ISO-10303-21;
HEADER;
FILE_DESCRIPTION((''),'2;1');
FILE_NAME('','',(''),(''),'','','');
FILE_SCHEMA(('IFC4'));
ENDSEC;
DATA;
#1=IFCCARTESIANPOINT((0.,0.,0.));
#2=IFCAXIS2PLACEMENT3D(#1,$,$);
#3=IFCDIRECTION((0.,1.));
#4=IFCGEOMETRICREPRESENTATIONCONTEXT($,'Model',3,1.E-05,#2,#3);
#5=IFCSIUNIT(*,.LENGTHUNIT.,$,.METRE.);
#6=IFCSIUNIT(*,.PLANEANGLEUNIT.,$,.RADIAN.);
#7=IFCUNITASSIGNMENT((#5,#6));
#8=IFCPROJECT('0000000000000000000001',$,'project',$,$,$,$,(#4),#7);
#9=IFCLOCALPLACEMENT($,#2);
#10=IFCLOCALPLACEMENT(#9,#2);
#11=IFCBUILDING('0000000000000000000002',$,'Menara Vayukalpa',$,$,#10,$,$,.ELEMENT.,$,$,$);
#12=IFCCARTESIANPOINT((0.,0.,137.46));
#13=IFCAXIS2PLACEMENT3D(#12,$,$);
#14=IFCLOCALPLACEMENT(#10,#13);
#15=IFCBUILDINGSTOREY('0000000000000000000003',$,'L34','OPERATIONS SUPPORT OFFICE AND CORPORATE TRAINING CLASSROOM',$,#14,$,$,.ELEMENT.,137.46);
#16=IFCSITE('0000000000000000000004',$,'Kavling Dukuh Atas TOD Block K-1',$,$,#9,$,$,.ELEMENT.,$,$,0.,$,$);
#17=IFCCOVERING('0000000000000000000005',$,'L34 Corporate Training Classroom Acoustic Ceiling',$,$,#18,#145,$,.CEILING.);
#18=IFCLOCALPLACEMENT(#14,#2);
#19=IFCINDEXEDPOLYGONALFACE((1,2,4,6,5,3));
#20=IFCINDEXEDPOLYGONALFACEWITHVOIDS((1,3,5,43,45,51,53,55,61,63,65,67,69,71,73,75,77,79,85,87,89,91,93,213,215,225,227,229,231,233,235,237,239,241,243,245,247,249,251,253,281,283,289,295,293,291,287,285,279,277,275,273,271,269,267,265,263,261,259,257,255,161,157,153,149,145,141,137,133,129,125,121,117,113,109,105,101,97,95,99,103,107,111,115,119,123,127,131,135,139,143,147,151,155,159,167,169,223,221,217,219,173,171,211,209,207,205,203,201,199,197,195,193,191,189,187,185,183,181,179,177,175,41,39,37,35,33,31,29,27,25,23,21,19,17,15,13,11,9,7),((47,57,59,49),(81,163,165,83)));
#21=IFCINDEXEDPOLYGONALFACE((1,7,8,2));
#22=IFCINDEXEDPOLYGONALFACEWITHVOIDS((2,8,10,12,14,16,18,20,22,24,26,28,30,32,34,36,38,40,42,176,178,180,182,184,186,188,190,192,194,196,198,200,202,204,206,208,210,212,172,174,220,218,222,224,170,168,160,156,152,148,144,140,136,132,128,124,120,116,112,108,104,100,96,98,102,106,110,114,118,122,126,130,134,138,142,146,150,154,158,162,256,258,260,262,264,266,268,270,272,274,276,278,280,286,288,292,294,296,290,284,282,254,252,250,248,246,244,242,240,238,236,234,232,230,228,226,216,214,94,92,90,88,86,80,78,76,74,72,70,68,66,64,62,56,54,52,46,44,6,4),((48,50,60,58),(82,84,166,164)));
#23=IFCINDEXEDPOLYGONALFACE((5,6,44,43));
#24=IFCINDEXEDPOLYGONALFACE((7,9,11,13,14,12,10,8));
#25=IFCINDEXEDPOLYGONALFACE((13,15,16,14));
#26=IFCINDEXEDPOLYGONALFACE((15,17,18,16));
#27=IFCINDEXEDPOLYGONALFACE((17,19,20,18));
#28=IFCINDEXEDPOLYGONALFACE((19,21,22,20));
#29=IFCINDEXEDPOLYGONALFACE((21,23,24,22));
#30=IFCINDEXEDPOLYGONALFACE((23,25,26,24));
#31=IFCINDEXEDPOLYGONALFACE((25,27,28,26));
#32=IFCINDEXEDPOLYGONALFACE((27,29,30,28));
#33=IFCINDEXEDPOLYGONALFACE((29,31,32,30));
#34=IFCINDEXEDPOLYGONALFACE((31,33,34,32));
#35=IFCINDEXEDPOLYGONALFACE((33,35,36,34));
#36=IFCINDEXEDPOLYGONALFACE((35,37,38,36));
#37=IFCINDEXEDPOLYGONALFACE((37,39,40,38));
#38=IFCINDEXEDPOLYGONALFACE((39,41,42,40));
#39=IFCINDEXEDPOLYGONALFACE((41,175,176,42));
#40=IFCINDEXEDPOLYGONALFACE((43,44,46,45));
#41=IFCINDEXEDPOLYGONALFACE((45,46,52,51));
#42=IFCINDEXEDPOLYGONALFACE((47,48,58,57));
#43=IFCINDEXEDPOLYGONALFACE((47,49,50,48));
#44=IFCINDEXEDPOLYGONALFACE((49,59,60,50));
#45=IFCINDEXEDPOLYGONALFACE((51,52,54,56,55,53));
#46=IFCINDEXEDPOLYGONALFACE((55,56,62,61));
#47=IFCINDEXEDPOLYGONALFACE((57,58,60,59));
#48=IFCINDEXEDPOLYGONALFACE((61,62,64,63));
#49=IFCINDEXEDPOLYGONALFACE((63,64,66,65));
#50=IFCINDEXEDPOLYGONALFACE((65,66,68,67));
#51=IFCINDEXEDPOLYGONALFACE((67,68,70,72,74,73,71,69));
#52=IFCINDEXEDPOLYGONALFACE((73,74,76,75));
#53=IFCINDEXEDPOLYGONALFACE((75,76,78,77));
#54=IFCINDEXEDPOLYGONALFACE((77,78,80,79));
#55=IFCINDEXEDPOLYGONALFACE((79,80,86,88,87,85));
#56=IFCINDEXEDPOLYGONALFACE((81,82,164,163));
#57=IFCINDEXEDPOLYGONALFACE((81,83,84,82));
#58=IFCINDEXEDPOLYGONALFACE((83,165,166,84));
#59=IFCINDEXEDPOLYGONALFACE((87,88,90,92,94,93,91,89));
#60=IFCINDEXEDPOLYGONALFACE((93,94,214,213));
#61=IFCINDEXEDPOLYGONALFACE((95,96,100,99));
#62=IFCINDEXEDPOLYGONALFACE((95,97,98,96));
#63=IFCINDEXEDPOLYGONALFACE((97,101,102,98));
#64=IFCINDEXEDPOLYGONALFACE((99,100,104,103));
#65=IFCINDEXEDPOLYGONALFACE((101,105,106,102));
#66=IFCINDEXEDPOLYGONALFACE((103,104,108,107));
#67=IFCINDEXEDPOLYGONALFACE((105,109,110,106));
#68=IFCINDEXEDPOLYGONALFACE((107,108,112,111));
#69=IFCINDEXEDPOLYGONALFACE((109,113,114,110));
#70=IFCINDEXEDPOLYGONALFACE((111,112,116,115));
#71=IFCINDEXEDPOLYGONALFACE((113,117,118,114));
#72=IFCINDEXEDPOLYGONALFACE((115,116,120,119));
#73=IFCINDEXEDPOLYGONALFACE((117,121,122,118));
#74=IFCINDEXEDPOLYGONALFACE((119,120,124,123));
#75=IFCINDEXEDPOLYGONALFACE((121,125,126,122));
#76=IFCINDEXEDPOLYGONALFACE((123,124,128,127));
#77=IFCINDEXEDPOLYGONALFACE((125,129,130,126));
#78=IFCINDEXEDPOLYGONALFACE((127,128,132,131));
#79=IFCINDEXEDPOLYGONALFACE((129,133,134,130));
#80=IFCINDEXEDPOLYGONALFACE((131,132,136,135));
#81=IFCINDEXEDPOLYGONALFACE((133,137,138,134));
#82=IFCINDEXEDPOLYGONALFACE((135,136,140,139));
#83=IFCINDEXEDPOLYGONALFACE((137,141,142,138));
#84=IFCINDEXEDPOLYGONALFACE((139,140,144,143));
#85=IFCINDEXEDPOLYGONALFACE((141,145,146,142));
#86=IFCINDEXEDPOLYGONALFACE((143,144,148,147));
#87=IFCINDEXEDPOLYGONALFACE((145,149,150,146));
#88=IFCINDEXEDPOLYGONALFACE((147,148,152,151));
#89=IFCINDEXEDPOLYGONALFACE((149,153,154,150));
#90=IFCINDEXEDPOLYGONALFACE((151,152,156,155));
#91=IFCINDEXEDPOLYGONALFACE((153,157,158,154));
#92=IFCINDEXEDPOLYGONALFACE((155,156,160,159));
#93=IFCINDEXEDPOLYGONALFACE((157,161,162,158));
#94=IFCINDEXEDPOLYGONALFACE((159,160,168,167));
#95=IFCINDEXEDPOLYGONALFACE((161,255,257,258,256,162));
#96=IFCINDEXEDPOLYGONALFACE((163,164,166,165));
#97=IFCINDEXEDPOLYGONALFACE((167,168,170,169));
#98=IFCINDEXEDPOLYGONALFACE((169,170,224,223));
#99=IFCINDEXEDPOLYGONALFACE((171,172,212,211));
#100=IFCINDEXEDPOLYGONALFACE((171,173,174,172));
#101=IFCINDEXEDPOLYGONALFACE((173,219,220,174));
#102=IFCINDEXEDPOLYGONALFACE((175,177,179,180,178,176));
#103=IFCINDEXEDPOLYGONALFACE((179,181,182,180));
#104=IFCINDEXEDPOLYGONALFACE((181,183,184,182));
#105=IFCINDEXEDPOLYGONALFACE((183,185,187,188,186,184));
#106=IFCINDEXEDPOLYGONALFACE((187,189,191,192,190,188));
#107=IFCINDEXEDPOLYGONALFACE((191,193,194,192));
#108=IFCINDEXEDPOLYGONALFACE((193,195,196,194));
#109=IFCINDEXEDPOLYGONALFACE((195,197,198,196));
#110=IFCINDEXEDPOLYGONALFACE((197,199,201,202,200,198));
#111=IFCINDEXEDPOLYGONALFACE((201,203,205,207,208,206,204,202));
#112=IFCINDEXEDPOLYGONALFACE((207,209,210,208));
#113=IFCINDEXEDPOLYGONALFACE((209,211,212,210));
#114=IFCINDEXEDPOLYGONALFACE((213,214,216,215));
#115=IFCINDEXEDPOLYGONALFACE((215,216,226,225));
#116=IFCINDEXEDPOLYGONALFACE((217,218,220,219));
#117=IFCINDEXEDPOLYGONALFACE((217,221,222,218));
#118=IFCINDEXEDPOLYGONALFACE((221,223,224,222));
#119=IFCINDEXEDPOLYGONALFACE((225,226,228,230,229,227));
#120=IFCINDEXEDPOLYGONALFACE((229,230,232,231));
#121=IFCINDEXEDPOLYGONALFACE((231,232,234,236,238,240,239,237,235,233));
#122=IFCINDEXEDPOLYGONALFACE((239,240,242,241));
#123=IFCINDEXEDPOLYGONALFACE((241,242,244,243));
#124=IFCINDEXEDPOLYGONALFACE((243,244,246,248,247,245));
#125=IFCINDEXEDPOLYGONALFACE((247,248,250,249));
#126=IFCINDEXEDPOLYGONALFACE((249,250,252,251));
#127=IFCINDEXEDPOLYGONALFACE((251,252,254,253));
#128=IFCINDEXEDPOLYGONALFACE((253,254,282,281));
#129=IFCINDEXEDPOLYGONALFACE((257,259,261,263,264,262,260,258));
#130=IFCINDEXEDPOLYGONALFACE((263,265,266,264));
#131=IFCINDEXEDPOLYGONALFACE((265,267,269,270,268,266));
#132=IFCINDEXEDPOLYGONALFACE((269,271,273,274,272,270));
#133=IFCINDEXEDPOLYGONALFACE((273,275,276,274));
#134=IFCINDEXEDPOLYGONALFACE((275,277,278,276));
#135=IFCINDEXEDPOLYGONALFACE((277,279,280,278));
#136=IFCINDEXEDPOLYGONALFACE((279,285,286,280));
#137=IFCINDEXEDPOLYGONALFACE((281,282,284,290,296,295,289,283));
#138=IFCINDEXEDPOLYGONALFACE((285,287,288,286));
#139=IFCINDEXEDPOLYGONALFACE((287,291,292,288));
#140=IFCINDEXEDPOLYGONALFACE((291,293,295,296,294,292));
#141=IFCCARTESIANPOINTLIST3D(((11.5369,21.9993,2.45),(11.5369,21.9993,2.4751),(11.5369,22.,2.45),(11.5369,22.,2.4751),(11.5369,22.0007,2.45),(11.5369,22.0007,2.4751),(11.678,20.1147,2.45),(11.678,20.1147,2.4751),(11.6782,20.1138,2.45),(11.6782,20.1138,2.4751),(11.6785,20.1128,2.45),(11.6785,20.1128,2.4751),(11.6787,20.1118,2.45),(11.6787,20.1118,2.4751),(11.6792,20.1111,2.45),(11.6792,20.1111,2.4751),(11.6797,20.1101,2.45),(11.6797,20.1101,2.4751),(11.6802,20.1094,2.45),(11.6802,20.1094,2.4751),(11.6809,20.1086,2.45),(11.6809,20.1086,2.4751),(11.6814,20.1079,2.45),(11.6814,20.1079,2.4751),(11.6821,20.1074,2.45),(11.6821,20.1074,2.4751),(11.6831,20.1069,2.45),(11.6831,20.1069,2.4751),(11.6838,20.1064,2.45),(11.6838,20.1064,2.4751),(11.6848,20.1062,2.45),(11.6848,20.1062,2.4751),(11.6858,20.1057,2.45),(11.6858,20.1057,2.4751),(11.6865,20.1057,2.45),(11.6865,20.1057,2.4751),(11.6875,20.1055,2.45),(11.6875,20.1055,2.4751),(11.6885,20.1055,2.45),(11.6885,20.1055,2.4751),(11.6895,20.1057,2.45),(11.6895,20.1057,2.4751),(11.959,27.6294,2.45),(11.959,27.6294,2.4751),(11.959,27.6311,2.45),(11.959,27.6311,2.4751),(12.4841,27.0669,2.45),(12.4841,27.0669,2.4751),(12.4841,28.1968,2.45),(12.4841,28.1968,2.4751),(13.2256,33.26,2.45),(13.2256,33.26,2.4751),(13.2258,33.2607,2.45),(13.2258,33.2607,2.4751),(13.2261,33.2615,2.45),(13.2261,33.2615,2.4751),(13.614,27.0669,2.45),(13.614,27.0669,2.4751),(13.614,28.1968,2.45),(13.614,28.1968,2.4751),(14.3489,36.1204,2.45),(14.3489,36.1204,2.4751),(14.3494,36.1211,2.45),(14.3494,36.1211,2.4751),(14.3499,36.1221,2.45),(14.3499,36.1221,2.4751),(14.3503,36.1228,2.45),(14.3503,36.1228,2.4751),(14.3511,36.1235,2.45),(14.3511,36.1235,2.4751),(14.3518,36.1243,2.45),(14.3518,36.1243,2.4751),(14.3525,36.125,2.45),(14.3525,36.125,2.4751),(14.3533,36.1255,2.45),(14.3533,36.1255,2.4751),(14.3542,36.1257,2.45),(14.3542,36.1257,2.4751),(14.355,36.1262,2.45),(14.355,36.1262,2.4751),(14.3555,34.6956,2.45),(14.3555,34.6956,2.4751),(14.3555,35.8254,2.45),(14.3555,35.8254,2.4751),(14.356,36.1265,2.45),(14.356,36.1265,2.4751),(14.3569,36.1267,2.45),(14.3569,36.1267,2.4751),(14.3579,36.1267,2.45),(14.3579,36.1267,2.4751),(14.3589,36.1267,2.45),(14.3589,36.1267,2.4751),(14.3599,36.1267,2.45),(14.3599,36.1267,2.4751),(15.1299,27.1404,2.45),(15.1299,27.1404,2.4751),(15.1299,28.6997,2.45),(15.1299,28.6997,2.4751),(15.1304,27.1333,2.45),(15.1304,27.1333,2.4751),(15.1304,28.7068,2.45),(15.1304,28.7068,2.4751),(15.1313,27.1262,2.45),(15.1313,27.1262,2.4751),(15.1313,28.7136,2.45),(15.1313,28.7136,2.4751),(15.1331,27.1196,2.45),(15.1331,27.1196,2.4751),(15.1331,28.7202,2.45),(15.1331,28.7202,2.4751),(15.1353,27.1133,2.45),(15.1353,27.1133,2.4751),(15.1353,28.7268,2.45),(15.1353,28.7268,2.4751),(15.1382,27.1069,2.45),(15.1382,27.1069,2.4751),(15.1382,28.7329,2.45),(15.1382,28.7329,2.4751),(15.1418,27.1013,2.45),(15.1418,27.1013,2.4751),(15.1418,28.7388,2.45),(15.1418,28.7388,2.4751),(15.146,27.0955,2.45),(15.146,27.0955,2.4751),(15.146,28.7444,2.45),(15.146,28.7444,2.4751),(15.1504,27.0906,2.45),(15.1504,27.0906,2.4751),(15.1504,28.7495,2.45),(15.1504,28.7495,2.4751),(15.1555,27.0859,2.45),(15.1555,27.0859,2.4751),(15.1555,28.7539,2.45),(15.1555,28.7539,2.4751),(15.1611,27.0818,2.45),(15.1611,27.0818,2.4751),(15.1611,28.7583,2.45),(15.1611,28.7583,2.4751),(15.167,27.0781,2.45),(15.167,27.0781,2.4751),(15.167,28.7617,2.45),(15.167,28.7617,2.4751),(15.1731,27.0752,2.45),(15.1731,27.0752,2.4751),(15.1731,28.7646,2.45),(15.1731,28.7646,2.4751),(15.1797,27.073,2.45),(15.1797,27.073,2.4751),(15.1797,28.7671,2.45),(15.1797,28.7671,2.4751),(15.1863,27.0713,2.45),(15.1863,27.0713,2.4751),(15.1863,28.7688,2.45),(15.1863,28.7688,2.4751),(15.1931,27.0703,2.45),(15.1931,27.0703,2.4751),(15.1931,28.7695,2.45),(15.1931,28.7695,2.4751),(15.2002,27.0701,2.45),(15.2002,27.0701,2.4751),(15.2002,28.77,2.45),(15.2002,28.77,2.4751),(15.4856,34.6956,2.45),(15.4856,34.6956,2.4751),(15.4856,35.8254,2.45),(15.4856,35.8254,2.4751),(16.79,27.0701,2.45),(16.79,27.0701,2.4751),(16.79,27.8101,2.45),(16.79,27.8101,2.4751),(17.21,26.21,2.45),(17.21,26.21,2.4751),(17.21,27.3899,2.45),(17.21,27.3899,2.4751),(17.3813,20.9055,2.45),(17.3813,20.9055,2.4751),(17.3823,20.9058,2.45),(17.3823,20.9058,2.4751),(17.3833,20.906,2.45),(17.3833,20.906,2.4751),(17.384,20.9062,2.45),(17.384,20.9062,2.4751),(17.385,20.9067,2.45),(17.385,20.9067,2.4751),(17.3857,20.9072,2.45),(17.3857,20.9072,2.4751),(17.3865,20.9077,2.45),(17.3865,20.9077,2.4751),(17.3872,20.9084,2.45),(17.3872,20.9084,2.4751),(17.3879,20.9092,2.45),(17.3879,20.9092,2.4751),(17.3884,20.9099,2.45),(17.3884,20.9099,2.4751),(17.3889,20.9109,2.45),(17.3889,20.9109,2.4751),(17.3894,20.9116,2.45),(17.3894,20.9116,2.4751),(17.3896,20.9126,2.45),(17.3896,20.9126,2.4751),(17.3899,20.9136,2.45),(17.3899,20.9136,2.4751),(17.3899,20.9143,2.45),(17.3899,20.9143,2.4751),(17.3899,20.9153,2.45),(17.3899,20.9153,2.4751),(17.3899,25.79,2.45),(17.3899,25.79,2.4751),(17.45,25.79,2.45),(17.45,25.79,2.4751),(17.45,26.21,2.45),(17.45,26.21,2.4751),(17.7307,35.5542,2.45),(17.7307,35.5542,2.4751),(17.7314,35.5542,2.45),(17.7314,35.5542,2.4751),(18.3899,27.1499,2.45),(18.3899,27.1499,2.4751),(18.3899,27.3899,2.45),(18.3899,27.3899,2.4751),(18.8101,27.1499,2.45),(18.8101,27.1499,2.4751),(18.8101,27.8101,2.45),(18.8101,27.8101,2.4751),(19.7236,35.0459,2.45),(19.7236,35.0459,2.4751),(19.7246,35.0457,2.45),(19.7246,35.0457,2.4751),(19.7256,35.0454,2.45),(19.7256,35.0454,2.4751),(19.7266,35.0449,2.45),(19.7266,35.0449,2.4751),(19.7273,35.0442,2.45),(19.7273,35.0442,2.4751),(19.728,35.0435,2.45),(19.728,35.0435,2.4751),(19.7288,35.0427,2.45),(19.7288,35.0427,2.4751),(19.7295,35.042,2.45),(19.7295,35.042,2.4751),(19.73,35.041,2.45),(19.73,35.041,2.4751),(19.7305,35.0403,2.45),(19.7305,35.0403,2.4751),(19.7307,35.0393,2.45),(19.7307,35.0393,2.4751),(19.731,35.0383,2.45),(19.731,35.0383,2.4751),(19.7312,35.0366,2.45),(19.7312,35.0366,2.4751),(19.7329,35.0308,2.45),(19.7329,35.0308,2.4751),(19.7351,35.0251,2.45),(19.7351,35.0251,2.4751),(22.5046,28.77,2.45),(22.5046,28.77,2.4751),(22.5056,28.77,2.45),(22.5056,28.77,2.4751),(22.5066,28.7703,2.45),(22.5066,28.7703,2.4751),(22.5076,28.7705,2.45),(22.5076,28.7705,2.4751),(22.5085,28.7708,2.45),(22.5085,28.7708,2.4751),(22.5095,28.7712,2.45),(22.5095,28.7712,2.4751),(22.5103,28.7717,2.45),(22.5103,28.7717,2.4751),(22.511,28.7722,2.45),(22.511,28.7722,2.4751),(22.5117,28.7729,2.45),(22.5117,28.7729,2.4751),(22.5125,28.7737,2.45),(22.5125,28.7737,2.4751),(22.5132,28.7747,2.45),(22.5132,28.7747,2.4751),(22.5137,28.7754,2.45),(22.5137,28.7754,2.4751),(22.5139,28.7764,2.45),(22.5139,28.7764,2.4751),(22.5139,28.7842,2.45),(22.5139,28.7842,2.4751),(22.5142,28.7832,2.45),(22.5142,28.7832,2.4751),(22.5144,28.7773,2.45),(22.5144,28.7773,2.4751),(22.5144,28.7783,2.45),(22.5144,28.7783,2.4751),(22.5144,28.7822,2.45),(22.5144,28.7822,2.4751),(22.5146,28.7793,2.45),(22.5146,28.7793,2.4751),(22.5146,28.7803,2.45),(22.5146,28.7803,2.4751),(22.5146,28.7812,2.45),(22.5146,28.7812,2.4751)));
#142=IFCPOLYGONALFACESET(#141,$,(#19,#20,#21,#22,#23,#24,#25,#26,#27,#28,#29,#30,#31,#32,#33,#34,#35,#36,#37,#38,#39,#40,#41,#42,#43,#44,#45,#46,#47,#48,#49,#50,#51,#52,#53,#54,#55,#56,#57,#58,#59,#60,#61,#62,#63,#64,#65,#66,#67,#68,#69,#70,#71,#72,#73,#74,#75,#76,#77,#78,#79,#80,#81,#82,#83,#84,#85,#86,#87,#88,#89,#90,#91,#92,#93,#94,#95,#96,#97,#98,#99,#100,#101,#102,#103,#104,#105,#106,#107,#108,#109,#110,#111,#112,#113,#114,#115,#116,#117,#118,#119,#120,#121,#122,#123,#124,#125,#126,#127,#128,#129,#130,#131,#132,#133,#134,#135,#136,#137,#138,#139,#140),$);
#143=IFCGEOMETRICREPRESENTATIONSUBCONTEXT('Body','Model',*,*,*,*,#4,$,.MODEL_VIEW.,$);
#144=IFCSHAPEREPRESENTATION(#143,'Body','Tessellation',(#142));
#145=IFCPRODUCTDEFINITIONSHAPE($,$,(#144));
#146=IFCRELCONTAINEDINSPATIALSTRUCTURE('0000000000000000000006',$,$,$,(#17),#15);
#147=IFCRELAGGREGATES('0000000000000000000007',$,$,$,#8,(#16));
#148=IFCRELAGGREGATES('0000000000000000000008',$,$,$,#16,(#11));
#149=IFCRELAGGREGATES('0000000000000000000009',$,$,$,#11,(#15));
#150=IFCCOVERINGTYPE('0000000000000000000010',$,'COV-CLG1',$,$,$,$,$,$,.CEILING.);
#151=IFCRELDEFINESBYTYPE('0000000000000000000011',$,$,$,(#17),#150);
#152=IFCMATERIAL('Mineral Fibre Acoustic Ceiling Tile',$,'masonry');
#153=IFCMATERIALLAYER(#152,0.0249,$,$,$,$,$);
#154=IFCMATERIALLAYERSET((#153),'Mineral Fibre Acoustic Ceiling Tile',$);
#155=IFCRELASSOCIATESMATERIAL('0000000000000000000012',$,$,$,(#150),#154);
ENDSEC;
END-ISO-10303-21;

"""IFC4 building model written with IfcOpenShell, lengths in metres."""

from ifc_helpers import new_model, si_unit, direction, frame, origin, place, context, subcontext, project, spatial, polyline, outline, extrude, material, layer, layer_set, type_object, element, save


model = new_model("IFC4")

# Units and contexts
model_context = context("Model", 3, precision=1e-05, world=origin(), true_north=direction((0.0, 1.0)))
body_context = subcontext(model_context, "Body", "Model", "MODEL_VIEW")
ifc_project = project(units=[si_unit("LENGTHUNIT", "METRE"), si_unit("PLANEANGLEUNIT", "RADIAN")], contexts=[model_context])

# Site, building, storey
site_placement = place(None, origin())
site = spatial("IfcSite", under=ifc_project, at=site_placement, Name="Kavling Dukuh Atas TOD Block K-1", CompositionType="ELEMENT", RefElevation=0.0)
building_placement = place(site_placement, origin())
building = spatial("IfcBuilding", under=site, at=building_placement, Name="Menara Vayukalpa", CompositionType="ELEMENT")
storey_placement = place(building_placement, frame((0.0, 0.0, 137.46)))
storey = spatial("IfcBuildingStorey", under=building, at=storey_placement, Name="L34", Description="OPERATIONS SUPPORT OFFICE AND CORPORATE TRAINING CLASSROOM", CompositionType="ELEMENT", Elevation=137.46)

# Covering
ifc_material_1 = material(Name="Mineral Fibre Acoustic Ceiling Tile", Category="masonry")
ifc_layer_1 = layer(ifc_material_1, 0.0249)
ifc_layer_set_1 = layer_set([ifc_layer_1], Name="Mineral Fibre Acoustic Ceiling Tile")
covering_type_1 = type_object("IfcCoveringType", Name="COV-CLG1", PredefinedType="CEILING", material=ifc_layer_set_1)
covering_1_placement = place(storey_placement, frame((0.0, 0.0, 2.45)))
element("IfcCovering", 1, at=covering_1_placement, inside=storey, type_object=covering_type_1, Name="L34 Corporate Training Classroom Acoustic Ceiling", PredefinedType="CEILING", context=body_context, shape_type="SweptSolid", body=[
    extrude(outline(polyline([(18.8101, 27.1499), (18.3899, 27.1499), (18.3899, 27.3899), (17.21, 27.3899), (17.21, 26.21), (17.45, 26.21), (17.45, 25.79), (17.3899, 25.79), (17.3899, 20.9153), (17.3899, 20.9143), (17.3899, 20.9136), (17.3896, 20.9126), (17.3894, 20.9116), (17.3889, 20.9109), (17.3884, 20.9099), (17.3879, 20.9092), (17.3872, 20.9084), (17.3865, 20.9077), (17.3857, 20.9072), (17.385, 20.9067), (17.384, 20.9062), (17.3833, 20.906), (17.3823, 20.9058), (17.3813, 20.9055), (11.6895, 20.1057), (11.6885, 20.1055), (11.6875, 20.1055), (11.6865, 20.1057), (11.6858, 20.1057), (11.6848, 20.1062), (11.6838, 20.1064), (11.6831, 20.1069), (11.6821, 20.1074), (11.6814, 20.1079), (11.6809, 20.1086), (11.6802, 20.1094), (11.6797, 20.1101), (11.6792, 20.1111), (11.6787, 20.1118), (11.6785, 20.1128), (11.6782, 20.1138), (11.678, 20.1147), (11.5369, 21.9993), (11.5369, 22.0), (11.5369, 22.0007), (11.959, 27.6294), (11.959, 27.6311), (13.2256, 33.26), (13.2258, 33.2607), (13.2261, 33.2615), (14.3489, 36.1204), (14.3494, 36.1211), (14.3499, 36.1221), (14.3503, 36.1228), (14.3511, 36.1235), (14.3518, 36.1243), (14.3525, 36.125), (14.3533, 36.1255), (14.3542, 36.1257), (14.355, 36.1262), (14.356, 36.1265), (14.3569, 36.1267), (14.3579, 36.1267), (14.3589, 36.1267), (14.3599, 36.1267), (17.7307, 35.5542), (17.7314, 35.5542), (19.7236, 35.0459), (19.7246, 35.0457), (19.7256, 35.0454), (19.7266, 35.0449), (19.7273, 35.0442), (19.728, 35.0435), (19.7288, 35.0427), (19.7295, 35.042), (19.73, 35.041), (19.7305, 35.0403), (19.7307, 35.0393), (19.731, 35.0383), (19.7312, 35.0366), (19.7329, 35.0308), (19.7351, 35.0251), (22.5139, 28.7842), (22.5142, 28.7832), (22.5144, 28.7822), (22.5146, 28.7812), (22.5146, 28.7803), (22.5146, 28.7793), (22.5144, 28.7783), (22.5144, 28.7773), (22.5139, 28.7764), (22.5137, 28.7754), (22.5132, 28.7747), (22.5125, 28.7737), (22.5117, 28.7729), (22.511, 28.7722), (22.5103, 28.7717), (22.5095, 28.7712), (22.5085, 28.7708), (22.5076, 28.7705), (22.5066, 28.7703), (22.5056, 28.77), (22.5046, 28.77), (15.2002, 28.77), (15.1931, 28.7695), (15.1863, 28.7688), (15.1797, 28.7671), (15.1731, 28.7646), (15.167, 28.7617), (15.1611, 28.7583), (15.1555, 28.7539), (15.1504, 28.7495), (15.146, 28.7444), (15.1418, 28.7388), (15.1382, 28.7329), (15.1353, 28.7268), (15.1331, 28.7202), (15.1313, 28.7136), (15.1304, 28.7068), (15.1299, 28.6997), (15.1299, 27.1404), (15.1304, 27.1333), (15.1313, 27.1262), (15.1331, 27.1196), (15.1353, 27.1133), (15.1382, 27.1069), (15.1418, 27.1013), (15.146, 27.0955), (15.1504, 27.0906), (15.1555, 27.0859), (15.1611, 27.0818), (15.167, 27.0781), (15.1731, 27.0752), (15.1797, 27.073), (15.1863, 27.0713), (15.1931, 27.0703), (15.2002, 27.0701), (16.79, 27.0701), (16.79, 27.8101), (18.8101, 27.8101), (18.8101, 27.1499)]), holes=[polyline([(13.614, 28.1968), (12.4841, 28.1968), (12.4841, 27.0669), (13.614, 27.0669), (13.614, 28.1968)]), polyline([(15.4856, 35.8254), (14.3555, 35.8254), (14.3555, 34.6956), (15.4856, 34.6956), (15.4856, 35.8254)])]), origin(), (0.0, 0.0, 1.0), 0.0251),
])

save(model, "model.ifc")
